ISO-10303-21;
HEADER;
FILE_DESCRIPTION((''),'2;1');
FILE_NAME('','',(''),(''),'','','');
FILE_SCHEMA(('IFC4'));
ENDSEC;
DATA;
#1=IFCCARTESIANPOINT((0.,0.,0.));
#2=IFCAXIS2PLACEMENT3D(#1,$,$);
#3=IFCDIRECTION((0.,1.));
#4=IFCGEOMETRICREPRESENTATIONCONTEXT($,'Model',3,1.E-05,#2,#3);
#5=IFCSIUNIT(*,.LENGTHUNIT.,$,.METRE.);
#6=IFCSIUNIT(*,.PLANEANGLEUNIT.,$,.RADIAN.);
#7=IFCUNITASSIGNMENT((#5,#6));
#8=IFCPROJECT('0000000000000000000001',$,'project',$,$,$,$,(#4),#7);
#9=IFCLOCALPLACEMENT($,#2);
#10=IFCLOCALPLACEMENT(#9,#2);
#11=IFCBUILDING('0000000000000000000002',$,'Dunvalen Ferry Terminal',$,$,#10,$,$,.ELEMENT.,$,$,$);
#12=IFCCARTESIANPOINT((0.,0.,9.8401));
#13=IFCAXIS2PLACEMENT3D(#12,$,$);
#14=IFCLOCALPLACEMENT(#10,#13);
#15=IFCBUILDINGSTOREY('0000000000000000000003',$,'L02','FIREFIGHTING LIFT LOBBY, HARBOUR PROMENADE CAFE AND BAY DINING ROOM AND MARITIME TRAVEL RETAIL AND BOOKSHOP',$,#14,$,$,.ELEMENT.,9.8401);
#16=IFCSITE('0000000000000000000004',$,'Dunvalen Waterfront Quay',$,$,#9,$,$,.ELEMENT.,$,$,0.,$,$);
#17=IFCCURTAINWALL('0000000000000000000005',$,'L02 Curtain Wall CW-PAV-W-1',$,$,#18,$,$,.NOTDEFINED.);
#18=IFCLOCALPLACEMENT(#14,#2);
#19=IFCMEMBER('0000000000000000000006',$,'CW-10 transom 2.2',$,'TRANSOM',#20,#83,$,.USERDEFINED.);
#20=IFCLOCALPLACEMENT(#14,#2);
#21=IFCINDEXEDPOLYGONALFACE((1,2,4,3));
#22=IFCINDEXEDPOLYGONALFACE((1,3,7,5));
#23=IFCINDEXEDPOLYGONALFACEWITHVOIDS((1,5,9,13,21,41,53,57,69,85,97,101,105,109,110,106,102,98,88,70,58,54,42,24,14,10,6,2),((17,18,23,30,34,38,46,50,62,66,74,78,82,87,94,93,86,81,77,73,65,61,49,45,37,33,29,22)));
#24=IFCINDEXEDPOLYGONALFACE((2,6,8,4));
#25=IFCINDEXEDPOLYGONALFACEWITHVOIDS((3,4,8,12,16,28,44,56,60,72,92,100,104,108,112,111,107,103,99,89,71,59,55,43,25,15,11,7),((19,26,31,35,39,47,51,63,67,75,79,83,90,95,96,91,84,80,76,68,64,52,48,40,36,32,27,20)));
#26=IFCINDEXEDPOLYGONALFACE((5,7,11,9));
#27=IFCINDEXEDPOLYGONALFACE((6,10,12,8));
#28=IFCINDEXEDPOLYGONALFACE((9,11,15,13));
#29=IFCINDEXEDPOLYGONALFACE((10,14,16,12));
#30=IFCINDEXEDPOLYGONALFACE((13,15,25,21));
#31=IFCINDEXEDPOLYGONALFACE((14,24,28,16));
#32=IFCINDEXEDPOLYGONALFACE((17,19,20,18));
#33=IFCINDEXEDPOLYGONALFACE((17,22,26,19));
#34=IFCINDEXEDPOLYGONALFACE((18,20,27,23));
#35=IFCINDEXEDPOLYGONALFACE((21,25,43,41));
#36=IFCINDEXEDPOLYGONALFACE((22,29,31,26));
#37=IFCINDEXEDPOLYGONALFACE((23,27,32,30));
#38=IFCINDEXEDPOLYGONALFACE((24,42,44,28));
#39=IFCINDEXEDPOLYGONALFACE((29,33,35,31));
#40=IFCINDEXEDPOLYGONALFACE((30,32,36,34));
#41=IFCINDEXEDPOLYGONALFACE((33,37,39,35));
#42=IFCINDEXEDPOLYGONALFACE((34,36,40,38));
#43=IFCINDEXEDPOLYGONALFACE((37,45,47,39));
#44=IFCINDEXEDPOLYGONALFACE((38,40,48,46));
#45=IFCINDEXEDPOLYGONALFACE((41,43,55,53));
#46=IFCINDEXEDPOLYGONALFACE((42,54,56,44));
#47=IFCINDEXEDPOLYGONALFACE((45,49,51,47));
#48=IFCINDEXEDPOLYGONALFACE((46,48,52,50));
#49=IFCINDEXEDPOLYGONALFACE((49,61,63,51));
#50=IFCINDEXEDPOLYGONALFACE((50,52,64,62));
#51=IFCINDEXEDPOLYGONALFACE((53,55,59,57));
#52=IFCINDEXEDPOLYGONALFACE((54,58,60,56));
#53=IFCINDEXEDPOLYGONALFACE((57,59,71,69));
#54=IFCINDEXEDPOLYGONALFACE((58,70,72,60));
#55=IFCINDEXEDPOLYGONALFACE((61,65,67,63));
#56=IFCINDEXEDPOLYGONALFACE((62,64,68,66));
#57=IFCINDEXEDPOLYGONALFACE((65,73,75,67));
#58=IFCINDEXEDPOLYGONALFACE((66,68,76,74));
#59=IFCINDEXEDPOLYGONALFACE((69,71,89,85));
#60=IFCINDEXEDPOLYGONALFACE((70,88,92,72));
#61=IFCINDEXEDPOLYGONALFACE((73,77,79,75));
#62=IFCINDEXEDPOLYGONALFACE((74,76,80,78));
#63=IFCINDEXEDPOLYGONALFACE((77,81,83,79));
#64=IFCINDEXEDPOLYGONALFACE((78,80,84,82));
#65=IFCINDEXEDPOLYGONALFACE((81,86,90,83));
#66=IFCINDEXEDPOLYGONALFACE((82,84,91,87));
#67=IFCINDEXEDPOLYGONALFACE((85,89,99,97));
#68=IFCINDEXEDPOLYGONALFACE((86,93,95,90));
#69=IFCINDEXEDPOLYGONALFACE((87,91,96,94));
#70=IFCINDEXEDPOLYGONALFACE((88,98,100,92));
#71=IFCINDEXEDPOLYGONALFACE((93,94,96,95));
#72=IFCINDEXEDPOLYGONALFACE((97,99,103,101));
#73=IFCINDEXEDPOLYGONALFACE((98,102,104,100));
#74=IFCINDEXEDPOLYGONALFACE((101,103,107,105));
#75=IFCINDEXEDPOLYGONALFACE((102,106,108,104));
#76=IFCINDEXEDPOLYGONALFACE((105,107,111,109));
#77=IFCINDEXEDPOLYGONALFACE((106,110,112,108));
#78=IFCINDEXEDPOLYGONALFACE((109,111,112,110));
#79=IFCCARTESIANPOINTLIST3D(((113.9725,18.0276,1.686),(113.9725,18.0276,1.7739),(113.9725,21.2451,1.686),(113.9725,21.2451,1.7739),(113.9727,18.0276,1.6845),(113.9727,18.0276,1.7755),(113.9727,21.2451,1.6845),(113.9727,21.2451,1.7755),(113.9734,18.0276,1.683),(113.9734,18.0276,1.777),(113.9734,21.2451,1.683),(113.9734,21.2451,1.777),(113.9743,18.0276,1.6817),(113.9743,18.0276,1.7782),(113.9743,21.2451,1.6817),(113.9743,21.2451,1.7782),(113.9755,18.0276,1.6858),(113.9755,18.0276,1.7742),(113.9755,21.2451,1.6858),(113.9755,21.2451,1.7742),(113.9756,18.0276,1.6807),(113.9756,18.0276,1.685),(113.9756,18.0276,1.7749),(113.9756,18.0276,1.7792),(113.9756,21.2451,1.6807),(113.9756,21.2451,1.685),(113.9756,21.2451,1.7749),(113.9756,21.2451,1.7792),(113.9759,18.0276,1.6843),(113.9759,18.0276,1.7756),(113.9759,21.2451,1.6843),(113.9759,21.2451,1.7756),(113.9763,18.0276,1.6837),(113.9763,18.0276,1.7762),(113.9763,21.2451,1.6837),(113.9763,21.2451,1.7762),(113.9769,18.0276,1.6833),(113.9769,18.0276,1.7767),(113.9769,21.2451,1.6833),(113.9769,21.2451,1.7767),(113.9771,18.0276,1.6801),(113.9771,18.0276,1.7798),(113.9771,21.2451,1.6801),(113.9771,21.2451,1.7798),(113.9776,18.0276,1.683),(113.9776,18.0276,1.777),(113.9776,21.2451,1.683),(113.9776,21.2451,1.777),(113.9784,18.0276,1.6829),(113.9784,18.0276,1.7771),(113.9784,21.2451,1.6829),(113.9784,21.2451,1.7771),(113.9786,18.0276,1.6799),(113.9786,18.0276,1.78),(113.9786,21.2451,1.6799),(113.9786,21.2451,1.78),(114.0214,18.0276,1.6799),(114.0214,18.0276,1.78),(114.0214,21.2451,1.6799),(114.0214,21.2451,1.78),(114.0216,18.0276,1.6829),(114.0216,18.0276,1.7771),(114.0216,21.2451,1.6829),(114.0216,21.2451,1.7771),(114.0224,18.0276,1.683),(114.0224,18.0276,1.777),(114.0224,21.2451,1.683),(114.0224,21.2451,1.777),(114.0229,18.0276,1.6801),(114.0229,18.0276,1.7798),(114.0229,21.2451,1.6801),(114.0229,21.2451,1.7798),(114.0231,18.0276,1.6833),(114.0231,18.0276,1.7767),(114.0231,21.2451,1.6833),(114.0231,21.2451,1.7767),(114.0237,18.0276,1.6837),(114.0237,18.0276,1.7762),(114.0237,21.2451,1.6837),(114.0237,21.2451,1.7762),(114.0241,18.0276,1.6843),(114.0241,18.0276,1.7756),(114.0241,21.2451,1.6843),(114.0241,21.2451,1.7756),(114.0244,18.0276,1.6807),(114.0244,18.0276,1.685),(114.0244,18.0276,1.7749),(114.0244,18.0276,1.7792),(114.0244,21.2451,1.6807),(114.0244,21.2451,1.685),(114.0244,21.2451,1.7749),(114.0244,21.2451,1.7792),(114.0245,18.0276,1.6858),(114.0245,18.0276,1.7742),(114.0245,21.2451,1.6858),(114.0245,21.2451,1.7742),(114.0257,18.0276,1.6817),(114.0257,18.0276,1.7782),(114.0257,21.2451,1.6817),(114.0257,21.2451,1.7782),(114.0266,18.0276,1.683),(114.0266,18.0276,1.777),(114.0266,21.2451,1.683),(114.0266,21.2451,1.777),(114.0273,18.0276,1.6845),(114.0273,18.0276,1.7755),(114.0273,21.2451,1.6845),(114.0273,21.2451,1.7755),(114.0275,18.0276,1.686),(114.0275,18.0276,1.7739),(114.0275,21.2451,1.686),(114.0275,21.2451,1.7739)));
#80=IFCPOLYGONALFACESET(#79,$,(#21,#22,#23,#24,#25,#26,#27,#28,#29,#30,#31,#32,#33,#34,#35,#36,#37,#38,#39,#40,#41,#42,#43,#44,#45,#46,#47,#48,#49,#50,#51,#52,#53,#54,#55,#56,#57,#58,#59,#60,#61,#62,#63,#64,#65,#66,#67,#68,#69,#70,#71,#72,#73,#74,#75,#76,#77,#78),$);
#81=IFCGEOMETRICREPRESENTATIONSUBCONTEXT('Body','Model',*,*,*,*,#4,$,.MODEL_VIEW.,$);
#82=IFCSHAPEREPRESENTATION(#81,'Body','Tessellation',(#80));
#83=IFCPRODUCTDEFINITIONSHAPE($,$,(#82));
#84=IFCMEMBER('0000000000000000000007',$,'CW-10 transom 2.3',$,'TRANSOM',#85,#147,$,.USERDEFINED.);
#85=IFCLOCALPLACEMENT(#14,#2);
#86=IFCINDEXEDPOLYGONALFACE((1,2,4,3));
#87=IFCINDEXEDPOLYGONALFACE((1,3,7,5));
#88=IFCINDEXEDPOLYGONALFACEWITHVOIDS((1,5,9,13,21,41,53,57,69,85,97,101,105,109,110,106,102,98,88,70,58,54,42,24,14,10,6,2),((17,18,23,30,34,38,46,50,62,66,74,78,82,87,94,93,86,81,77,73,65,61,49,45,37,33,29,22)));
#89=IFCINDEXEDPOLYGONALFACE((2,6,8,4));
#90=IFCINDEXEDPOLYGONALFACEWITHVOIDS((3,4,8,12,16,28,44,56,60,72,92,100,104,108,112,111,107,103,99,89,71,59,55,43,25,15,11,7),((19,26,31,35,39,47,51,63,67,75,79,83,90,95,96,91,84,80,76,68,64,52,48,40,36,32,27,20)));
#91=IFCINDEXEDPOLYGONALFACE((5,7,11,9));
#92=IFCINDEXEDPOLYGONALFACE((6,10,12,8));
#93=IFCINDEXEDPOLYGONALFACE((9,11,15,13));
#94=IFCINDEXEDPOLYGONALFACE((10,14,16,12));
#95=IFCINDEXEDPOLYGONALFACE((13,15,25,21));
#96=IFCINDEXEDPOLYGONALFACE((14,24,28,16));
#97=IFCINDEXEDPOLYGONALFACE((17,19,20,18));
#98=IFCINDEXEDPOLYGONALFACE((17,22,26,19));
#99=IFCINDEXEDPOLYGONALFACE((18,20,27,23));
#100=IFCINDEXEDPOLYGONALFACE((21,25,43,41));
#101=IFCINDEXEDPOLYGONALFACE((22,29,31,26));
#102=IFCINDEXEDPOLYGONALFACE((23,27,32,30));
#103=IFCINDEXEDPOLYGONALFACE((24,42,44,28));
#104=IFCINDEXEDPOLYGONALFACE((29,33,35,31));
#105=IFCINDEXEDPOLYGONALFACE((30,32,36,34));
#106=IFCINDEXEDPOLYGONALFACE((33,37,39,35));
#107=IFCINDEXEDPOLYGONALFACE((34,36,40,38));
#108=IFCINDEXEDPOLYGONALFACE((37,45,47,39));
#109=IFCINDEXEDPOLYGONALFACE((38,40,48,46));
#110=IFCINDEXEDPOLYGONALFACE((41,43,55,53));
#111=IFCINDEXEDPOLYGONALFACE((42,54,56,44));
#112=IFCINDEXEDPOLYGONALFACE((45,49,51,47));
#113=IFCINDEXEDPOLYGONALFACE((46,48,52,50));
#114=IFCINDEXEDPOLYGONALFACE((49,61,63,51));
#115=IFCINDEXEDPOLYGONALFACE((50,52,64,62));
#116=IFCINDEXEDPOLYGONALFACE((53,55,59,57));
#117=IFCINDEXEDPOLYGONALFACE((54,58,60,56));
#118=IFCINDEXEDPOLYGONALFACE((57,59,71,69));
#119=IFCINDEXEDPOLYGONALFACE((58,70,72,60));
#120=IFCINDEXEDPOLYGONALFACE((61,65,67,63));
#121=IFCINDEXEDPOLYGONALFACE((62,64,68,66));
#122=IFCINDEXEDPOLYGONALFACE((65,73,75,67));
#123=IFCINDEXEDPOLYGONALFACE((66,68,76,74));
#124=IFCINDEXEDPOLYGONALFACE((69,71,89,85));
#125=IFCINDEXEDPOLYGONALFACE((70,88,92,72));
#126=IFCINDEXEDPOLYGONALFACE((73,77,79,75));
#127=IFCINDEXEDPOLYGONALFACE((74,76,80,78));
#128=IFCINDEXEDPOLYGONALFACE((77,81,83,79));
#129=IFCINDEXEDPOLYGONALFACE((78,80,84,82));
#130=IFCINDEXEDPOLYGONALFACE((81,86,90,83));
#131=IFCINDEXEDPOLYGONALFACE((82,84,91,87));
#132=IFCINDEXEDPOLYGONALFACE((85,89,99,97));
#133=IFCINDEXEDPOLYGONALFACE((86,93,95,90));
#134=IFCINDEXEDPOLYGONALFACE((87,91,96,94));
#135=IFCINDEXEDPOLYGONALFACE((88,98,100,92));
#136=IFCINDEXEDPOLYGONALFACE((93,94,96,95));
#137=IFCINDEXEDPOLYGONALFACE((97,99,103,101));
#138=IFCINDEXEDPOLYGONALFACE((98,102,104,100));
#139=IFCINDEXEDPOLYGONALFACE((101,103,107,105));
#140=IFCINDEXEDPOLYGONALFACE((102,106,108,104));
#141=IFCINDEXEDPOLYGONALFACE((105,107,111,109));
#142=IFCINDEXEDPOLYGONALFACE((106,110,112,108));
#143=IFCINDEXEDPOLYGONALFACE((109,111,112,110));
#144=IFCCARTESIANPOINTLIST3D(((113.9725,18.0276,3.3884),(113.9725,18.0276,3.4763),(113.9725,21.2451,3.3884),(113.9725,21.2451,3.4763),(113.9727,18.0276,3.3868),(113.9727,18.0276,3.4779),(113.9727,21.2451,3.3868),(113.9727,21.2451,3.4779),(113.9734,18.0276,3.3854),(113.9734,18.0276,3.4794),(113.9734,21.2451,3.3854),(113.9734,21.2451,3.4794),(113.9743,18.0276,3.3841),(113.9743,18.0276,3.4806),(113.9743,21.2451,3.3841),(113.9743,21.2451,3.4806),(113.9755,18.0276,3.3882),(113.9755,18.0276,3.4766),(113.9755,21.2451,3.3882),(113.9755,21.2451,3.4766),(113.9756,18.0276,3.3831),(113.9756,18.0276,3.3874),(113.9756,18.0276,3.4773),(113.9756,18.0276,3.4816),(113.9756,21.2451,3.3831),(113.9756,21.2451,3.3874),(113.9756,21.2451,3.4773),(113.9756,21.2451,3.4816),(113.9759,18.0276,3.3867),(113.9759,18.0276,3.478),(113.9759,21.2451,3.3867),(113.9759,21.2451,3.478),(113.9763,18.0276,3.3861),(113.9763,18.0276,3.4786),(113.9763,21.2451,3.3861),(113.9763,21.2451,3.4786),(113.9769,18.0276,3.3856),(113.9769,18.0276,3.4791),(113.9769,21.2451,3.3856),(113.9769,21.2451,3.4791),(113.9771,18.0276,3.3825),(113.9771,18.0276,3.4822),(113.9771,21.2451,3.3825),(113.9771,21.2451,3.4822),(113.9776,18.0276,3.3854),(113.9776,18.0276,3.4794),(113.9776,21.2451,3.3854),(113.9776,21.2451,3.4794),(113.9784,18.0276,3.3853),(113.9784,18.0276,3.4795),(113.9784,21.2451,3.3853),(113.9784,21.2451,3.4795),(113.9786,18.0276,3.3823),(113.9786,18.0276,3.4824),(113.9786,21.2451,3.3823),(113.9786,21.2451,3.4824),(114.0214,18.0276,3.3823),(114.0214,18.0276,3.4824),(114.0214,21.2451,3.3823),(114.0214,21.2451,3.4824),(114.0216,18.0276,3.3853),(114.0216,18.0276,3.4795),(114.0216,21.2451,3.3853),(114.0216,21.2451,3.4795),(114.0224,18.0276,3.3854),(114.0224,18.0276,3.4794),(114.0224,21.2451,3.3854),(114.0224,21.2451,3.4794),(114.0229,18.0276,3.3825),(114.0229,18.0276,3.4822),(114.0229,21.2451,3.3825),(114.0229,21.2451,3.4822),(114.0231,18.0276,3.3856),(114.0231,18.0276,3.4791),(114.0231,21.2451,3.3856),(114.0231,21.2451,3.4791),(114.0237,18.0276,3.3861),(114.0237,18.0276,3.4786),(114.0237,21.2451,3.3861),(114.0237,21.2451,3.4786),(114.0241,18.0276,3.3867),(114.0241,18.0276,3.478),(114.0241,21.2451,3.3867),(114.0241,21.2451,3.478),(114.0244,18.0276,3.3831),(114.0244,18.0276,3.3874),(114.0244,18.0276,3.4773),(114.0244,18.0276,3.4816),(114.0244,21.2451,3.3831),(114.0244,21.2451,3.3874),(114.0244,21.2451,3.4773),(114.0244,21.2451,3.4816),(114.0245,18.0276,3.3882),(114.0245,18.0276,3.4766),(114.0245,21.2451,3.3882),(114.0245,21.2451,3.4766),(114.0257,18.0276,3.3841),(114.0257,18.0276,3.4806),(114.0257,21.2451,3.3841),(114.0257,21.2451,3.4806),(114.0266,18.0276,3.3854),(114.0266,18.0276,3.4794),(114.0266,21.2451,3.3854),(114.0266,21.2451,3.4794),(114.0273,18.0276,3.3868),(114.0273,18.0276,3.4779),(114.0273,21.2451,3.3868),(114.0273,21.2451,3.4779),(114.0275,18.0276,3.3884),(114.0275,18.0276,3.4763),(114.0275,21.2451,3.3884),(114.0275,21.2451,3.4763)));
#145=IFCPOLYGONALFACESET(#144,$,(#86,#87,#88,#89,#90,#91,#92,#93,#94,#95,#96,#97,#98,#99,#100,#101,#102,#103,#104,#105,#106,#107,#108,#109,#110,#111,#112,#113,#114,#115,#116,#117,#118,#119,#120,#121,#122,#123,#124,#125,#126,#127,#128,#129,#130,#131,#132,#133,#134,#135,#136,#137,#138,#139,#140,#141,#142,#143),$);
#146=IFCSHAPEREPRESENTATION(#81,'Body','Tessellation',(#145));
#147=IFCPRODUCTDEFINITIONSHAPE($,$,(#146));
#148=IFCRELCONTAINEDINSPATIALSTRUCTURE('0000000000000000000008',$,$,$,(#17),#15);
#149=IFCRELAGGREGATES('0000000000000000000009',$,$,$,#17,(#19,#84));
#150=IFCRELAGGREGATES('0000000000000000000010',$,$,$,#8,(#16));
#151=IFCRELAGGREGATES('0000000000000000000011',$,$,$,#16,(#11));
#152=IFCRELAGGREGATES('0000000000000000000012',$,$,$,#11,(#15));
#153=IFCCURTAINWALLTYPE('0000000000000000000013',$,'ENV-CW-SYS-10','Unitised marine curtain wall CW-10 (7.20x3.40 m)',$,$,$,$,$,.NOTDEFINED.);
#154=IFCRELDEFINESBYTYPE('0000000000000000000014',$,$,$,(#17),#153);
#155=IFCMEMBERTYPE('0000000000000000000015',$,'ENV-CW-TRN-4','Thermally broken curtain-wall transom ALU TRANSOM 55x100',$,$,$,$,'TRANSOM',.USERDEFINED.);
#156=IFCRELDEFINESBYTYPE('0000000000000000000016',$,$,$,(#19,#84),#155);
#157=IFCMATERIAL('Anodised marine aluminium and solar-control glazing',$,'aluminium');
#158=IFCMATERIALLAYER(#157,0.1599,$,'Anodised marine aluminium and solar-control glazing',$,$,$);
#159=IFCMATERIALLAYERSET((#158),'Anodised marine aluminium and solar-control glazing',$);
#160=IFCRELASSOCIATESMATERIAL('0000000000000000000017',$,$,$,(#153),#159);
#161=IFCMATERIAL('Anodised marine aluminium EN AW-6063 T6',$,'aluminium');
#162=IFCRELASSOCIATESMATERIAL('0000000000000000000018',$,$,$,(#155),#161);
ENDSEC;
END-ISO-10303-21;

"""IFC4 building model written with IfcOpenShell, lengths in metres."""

from ifc_helpers import new_model, si_unit, direction, frame, origin, origin_2d, place, context, subcontext, project, spatial, hollow_rectangle, extrude, material, layer, layer_set, material_profile, profile_set, type_object, element, aggregate, save


model = new_model("IFC4")

# Units and contexts
model_context = context("Model", 3, precision=1e-05, world=origin(), true_north=direction((0.0, 1.0)))
body_context = subcontext(model_context, "Body", "Model", "MODEL_VIEW")
ifc_project = project(units=[si_unit("LENGTHUNIT", "METRE"), si_unit("PLANEANGLEUNIT", "RADIAN")], contexts=[model_context])

# Site, building, storey
site_placement = place(None, origin())
site = spatial("IfcSite", under=ifc_project, at=site_placement, Name="Dunvalen Waterfront Quay", CompositionType="ELEMENT", RefElevation=0.0)
building_placement = place(site_placement, origin())
building = spatial("IfcBuilding", under=site, at=building_placement, Name="Dunvalen Ferry Terminal", CompositionType="ELEMENT")
storey_placement = place(building_placement, frame((0.0, 0.0, 9.8401)))
storey = spatial("IfcBuildingStorey", under=building, at=storey_placement, Name="L02", Description="FIREFIGHTING LIFT LOBBY, HARBOUR PROMENADE CAFE AND BAY DINING ROOM AND MARITIME TRAVEL RETAIL AND BOOKSHOP", CompositionType="ELEMENT", Elevation=9.8401)

# Curtain wall
ifc_material_1 = material(Name="Anodised marine aluminium and solar-control glazing", Category="aluminium")
ifc_layer_1 = layer(ifc_material_1, 0.1599, Name="Anodised marine aluminium and solar-control glazing")
ifc_layer_set_1 = layer_set([ifc_layer_1], Name="Anodised marine aluminium and solar-control glazing")
curtain_wall_type = type_object("IfcCurtainWallType", Name="ENV-CW-SYS-10", Description="Unitised marine curtain wall CW-10 (7.20x3.40 m)", PredefinedType="NOTDEFINED", material=ifc_layer_set_1)
curtain_wall_1_placement = place(storey_placement, origin())
curtain_wall_1 = element("IfcCurtainWall", 1, at=curtain_wall_1_placement, inside=storey, type_object=curtain_wall_type, Name="L02 Curtain Wall CW-PAV-W-1", PredefinedType="NOTDEFINED")
ifc_material_2 = material(Name="Anodised marine aluminium EN AW-6063 T6", Category="aluminium")

# Members
ifc_material_profile_1 = material_profile(ifc_material_2, hollow_rectangle(XDim=0.0549, YDim=0.1001, WallThickness=0.0029, InnerFilletRadius=0.0029, OuterFilletRadius=0.0061, at=origin_2d()), Name="Anodised marine aluminium EN AW-6063 T6")
ifc_profile_set_1 = profile_set([ifc_material_profile_1], Name="Anodised marine aluminium EN AW-6063 T6")
member_type_1 = type_object("IfcMemberType", Name="ENV-CW-TRN-4", Description="Thermally broken curtain-wall transom ALU TRANSOM 55x100", ElementType="TRANSOM", PredefinedType="USERDEFINED", material=ifc_profile_set_1)
member_1_placement = place(storey_placement, frame((114.0, 18.0276, 1.73), z_axis=(0.0, 1.0, 0.0), x_axis=(-1.0, 0.0, 0.0)))
member_1 = element("IfcMember", 2, at=member_1_placement, type_object=member_type_1, Name="CW-10 transom 2.2", ObjectType="TRANSOM", PredefinedType="USERDEFINED", context=body_context, shape_type="SweptSolid", body=[
    extrude(hollow_rectangle(XDim=0.0549, YDim=0.1001, WallThickness=0.0029, InnerFilletRadius=0.0029, OuterFilletRadius=0.0061, at=origin_2d()), origin(), (0.0, 0.0, 1.0), 3.2175),
])
member_2_placement = place(storey_placement, frame((114.0, 18.0276, 3.4324), z_axis=(0.0, 1.0, 0.0), x_axis=(-1.0, 0.0, 0.0)))
member_2 = element("IfcMember", 3, at=member_2_placement, type_object=member_type_1, Name="CW-10 transom 2.3", ObjectType="TRANSOM", PredefinedType="USERDEFINED", context=body_context, shape_type="SweptSolid", body=[
    extrude(hollow_rectangle(XDim=0.0549, YDim=0.1001, WallThickness=0.0029, InnerFilletRadius=0.0029, OuterFilletRadius=0.0061, at=origin_2d()), origin(), (0.0, 0.0, 1.0), 3.2175),
])

aggregate(curtain_wall_1, [member_1, member_2])

save(model, "model.ifc")
